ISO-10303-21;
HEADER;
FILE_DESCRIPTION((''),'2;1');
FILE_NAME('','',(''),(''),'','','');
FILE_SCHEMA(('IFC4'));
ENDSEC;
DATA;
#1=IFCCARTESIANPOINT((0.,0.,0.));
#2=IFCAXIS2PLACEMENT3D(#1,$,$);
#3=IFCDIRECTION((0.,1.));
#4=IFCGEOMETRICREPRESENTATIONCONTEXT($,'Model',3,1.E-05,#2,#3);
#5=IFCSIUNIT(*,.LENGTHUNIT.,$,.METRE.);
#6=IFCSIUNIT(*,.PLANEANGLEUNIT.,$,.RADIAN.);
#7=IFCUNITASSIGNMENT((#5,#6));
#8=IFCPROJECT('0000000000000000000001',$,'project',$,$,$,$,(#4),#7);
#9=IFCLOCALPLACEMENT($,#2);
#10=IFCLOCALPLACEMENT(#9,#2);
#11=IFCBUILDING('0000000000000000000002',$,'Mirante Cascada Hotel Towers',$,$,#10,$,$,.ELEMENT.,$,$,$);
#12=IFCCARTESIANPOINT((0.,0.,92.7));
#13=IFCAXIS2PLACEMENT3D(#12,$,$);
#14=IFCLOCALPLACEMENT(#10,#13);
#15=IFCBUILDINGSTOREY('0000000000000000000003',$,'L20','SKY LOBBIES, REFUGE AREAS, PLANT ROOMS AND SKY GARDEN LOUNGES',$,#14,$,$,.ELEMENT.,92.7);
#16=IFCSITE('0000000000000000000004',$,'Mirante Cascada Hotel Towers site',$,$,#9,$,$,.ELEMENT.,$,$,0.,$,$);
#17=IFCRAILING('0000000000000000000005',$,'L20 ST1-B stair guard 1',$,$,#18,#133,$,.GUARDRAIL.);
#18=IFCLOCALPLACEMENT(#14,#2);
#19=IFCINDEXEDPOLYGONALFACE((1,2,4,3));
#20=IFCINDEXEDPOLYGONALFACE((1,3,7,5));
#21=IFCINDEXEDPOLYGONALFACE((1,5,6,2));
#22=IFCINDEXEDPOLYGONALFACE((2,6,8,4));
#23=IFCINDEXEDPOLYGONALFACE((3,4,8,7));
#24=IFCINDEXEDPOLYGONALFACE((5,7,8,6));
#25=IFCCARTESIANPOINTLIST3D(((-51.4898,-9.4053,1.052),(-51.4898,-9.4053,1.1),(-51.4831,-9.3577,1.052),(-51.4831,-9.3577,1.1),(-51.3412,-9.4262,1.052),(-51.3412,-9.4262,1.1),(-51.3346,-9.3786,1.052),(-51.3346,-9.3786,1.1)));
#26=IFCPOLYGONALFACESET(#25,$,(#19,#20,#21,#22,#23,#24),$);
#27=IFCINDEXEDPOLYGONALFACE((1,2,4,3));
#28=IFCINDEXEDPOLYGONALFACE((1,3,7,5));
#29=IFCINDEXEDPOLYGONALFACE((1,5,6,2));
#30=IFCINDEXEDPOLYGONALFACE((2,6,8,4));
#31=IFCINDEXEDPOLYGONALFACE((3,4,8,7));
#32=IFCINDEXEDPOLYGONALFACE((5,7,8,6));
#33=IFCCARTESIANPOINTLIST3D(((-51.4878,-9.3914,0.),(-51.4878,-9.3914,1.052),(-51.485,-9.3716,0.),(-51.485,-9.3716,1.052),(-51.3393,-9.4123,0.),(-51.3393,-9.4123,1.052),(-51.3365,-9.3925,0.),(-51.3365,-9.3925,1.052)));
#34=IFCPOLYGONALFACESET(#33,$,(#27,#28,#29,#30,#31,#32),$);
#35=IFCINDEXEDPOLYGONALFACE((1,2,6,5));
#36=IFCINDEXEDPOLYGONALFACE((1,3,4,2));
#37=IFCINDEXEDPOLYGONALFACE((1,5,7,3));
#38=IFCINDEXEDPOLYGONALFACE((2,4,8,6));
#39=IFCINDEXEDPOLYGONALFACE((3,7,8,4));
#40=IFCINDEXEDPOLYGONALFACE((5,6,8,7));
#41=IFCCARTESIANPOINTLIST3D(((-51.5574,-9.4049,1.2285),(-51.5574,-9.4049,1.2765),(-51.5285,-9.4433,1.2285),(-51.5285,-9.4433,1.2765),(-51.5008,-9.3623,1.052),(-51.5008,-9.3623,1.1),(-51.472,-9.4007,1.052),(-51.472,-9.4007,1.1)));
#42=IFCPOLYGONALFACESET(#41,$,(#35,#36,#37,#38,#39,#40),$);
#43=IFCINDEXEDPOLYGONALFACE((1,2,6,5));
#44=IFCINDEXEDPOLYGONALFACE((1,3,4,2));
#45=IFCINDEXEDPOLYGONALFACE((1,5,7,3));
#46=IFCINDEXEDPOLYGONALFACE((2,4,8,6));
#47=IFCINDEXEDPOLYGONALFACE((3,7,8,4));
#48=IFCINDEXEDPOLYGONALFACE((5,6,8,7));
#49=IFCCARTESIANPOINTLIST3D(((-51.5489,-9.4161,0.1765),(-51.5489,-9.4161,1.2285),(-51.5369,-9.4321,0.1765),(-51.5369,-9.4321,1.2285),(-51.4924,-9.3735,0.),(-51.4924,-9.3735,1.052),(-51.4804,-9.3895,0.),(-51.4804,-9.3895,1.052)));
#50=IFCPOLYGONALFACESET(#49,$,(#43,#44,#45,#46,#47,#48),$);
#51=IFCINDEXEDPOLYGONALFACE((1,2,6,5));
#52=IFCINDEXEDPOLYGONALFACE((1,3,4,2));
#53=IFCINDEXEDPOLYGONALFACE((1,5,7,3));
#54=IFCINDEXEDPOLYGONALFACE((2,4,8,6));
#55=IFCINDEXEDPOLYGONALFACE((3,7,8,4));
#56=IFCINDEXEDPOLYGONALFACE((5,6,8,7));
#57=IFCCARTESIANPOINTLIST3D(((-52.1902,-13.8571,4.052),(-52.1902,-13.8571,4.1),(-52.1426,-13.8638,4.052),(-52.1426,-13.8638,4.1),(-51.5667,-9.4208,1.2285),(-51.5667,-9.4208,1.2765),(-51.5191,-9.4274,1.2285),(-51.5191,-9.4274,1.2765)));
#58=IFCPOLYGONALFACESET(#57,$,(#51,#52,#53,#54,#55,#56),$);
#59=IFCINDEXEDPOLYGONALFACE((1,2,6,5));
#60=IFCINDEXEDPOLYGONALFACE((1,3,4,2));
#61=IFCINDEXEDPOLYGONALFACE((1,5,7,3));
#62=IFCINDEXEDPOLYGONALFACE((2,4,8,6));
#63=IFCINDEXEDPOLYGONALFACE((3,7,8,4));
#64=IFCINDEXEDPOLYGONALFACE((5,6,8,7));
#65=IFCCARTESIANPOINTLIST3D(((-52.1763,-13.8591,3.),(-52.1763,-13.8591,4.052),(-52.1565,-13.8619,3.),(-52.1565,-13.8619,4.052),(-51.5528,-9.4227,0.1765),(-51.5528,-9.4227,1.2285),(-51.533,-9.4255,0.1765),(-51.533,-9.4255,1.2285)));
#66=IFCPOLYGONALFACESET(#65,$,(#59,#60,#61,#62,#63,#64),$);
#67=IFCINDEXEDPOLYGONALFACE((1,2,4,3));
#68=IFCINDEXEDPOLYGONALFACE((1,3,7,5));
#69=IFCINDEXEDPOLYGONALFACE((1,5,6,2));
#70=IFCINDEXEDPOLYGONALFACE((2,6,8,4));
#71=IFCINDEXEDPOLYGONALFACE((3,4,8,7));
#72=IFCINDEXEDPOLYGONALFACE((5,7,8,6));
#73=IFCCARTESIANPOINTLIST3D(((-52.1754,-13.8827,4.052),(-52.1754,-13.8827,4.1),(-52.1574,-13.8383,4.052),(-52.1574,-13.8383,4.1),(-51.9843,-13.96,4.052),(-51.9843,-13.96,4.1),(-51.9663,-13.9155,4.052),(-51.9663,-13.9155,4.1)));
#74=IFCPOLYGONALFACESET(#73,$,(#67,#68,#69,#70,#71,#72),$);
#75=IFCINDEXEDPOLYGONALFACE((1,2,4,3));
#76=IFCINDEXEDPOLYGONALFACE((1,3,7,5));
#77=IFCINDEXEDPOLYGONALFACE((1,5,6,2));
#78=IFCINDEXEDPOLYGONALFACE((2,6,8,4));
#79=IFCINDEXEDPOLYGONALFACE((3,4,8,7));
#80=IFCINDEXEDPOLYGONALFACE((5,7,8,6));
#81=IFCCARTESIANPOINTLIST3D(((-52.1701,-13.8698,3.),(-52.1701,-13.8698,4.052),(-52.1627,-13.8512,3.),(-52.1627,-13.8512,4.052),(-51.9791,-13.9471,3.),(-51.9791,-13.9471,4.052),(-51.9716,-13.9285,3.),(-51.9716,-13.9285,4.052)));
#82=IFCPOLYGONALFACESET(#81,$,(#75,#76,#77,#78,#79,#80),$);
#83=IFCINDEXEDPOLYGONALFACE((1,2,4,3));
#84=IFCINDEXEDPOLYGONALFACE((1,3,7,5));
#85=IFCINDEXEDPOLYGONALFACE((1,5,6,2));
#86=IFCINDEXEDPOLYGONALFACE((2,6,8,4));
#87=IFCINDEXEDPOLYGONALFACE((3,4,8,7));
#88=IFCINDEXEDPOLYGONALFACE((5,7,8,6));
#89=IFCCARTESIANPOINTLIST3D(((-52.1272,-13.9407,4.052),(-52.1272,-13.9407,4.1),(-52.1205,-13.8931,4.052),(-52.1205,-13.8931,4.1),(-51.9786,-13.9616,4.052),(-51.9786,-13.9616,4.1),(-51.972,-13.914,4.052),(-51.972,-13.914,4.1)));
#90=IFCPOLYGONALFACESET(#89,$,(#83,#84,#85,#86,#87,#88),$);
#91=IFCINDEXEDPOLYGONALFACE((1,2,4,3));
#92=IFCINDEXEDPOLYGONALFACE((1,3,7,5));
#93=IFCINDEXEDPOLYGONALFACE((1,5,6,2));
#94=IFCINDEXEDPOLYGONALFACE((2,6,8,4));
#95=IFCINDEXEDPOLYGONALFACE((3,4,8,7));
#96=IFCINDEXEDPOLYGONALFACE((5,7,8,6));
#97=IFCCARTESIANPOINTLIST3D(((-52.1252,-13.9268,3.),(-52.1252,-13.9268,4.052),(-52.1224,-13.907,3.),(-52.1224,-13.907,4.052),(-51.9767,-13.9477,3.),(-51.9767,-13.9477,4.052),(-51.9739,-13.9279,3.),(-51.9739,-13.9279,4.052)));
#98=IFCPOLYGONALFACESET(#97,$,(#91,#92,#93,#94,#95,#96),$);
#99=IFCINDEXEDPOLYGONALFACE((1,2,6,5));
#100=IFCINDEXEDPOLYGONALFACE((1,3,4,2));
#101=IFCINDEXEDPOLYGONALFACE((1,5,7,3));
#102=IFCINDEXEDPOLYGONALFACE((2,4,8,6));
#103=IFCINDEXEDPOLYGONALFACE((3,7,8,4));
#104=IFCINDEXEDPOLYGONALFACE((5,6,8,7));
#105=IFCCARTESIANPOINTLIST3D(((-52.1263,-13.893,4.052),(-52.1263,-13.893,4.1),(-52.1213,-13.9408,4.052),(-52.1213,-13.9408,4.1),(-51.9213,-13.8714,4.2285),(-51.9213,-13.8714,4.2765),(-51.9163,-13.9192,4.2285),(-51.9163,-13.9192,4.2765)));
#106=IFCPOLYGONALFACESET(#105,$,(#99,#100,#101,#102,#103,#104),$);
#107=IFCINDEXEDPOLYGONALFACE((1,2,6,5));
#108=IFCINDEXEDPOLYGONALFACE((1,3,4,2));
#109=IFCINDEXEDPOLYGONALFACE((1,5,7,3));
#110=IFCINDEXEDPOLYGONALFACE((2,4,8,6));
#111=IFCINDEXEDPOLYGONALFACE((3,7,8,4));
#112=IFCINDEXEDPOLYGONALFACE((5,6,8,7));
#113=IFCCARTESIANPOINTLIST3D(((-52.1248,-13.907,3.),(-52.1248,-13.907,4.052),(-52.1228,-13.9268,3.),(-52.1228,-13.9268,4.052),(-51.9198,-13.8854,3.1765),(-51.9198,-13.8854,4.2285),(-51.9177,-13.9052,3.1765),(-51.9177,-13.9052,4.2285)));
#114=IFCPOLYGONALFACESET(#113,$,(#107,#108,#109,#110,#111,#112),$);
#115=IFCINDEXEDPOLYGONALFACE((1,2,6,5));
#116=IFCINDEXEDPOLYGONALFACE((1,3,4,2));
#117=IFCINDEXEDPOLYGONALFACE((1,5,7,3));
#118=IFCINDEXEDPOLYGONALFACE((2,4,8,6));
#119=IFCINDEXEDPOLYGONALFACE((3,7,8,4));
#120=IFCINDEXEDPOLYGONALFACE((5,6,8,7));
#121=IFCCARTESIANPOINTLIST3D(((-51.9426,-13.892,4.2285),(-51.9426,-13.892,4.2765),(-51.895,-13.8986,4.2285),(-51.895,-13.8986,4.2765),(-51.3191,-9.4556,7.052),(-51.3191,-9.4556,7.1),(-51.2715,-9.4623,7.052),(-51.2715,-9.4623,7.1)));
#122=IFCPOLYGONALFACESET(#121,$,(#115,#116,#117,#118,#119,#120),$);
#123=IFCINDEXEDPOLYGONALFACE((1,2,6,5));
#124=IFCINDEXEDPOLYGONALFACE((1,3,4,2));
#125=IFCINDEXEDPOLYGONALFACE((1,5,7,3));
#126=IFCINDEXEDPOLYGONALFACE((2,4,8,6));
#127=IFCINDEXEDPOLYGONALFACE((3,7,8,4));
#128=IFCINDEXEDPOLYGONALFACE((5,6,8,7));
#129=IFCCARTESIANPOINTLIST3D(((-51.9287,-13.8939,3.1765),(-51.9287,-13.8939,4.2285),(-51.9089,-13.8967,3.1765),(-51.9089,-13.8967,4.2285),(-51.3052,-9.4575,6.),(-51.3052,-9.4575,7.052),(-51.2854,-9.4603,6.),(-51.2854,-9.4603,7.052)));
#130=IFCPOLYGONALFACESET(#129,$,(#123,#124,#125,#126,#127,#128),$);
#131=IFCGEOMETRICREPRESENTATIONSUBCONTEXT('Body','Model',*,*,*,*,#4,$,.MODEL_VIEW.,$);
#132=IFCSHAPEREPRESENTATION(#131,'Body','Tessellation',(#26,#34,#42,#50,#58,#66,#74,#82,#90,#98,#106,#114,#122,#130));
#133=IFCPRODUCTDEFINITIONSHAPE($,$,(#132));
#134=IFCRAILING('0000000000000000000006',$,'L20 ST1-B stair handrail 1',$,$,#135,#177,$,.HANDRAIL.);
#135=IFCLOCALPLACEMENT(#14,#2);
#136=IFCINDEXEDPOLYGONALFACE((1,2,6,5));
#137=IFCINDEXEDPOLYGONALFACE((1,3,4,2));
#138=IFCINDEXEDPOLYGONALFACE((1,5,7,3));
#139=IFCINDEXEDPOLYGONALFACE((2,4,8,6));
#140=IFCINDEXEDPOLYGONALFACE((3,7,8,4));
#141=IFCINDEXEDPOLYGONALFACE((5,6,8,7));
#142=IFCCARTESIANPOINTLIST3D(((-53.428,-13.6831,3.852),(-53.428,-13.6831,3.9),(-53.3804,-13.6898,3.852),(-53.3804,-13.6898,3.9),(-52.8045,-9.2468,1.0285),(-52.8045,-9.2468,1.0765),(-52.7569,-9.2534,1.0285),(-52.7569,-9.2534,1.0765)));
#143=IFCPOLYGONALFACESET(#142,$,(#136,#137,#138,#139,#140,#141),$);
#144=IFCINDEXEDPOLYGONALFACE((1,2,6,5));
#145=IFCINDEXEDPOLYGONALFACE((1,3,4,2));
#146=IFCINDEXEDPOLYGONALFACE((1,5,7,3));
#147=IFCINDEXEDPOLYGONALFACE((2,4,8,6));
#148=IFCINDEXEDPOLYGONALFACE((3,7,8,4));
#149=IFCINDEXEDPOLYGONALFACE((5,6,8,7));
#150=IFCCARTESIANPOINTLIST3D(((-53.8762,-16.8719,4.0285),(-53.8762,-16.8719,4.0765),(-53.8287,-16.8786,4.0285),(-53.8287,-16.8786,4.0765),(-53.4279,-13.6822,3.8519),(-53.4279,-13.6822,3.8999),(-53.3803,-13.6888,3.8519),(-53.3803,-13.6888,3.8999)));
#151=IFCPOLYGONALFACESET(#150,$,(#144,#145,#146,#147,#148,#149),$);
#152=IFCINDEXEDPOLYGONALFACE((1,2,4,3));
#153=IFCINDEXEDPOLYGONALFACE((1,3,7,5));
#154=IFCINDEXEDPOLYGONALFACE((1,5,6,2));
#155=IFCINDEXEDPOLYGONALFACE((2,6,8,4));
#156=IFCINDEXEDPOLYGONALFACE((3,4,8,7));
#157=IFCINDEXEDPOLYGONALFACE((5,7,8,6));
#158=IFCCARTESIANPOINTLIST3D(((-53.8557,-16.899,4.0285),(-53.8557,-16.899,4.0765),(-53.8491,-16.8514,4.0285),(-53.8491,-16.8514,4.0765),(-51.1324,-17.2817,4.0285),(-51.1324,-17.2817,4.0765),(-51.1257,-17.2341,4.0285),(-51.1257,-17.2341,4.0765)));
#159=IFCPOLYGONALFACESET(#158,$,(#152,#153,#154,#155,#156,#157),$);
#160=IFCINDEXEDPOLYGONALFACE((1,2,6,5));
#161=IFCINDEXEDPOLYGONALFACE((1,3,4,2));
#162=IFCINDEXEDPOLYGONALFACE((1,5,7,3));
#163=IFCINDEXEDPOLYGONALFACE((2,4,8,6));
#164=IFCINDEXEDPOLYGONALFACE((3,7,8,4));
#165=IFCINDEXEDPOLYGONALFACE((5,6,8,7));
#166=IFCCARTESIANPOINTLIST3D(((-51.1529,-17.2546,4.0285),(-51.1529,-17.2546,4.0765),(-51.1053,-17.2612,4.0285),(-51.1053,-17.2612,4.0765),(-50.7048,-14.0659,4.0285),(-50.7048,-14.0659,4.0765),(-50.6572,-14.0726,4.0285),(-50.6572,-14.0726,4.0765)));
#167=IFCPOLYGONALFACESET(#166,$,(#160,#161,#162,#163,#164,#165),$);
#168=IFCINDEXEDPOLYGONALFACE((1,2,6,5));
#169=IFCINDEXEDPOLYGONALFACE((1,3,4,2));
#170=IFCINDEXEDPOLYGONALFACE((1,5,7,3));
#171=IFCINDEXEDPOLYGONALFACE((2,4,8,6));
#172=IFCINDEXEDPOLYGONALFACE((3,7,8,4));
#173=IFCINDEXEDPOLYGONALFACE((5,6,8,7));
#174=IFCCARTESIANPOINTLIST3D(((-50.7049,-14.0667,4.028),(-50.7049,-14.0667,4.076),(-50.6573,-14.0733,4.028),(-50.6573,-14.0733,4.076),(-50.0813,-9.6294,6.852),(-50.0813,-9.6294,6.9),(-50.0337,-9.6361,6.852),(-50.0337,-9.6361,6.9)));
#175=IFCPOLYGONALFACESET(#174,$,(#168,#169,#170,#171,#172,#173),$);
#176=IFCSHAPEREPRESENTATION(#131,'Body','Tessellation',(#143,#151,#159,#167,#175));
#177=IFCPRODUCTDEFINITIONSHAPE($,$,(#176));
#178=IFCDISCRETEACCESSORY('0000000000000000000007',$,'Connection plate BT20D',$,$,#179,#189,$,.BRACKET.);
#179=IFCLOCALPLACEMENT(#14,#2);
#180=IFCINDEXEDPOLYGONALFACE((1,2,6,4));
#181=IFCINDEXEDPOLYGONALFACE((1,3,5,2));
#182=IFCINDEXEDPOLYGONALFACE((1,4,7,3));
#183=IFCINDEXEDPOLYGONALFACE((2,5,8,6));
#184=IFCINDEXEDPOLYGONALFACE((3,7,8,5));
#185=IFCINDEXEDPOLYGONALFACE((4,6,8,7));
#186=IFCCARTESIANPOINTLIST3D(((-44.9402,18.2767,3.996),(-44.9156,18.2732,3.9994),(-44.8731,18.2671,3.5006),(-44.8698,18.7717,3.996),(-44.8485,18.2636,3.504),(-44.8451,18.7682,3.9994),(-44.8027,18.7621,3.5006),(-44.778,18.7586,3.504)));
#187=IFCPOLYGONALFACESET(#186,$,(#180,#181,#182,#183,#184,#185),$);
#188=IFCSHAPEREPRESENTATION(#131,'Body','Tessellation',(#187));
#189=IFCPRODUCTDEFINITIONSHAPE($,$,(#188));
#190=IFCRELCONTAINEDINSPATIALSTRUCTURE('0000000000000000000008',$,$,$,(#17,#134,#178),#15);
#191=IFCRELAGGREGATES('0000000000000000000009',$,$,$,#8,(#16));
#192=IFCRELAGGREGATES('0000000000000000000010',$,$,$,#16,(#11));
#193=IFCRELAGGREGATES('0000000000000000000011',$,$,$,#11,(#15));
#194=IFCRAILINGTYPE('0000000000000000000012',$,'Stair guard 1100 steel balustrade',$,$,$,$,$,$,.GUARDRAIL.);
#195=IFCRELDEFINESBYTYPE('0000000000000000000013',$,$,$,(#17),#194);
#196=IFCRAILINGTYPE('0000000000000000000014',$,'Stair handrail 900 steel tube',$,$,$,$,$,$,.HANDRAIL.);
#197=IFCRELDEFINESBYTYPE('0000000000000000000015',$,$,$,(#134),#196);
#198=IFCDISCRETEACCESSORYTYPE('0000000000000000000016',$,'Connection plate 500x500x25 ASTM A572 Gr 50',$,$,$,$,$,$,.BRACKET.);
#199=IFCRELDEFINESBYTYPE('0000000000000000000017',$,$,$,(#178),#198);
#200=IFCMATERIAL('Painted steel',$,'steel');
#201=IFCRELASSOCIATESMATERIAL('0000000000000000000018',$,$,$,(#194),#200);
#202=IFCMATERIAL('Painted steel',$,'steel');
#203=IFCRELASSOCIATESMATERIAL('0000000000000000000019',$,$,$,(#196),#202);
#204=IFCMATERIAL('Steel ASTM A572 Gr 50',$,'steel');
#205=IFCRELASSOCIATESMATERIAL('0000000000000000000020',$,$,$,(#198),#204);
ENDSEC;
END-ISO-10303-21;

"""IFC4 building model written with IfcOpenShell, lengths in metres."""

from ifc_helpers import new_model, si_unit, direction, frame, origin, origin_2d, place, context, subcontext, project, spatial, rectangle, extrude, material, material_profile, profile_set, type_object, element, save


model = new_model("IFC4")

# Units and contexts
model_context = context("Model", 3, precision=1e-05, world=origin(), true_north=direction((0.0, 1.0)))
body_context = subcontext(model_context, "Body", "Model", "MODEL_VIEW")
ifc_project = project(units=[si_unit("LENGTHUNIT", "METRE"), si_unit("PLANEANGLEUNIT", "RADIAN")], contexts=[model_context])

# Site, building, storey
site_placement = place(None, origin())
site = spatial("IfcSite", under=ifc_project, at=site_placement, Name="Mirante Cascada Hotel Towers site", CompositionType="ELEMENT", RefElevation=0.0)
building_placement = place(site_placement, origin())
building = spatial("IfcBuilding", under=site, at=building_placement, Name="Mirante Cascada Hotel Towers", CompositionType="ELEMENT")
storey_placement = place(building_placement, frame((0.0, 0.0, 92.7)))
storey = spatial("IfcBuildingStorey", under=building, at=storey_placement, Name="L20", Description="SKY LOBBIES, REFUGE AREAS, PLANT ROOMS AND SKY GARDEN LOUNGES", CompositionType="ELEMENT", Elevation=92.7)

# Railings
ifc_material_1 = material(Name="Painted steel", Category="steel")
railing_type_1 = type_object("IfcRailingType", Name="Stair guard 1100 steel balustrade", PredefinedType="GUARDRAIL", material=ifc_material_1)
railing_1_placement = place(storey_placement, frame((-51.3379, -9.4024, 0.0)))
element("IfcRailing", 1, at=railing_1_placement, inside=storey, type_object=railing_type_1, Name="L20 ST1-B stair guard 1", PredefinedType="GUARDRAIL", context=body_context, shape_type="SweptSolid", body=[
    extrude(rectangle(XDim=0.048, YDim=0.048, at=origin_2d()), frame((0.0, 0.0, 1.076), z_axis=(-0.990241, 0.139367, 0.0), x_axis=(-0.139367, -0.990241, 0.0)), (0.0, 0.0, 1.0), 0.15),
    extrude(rectangle(XDim=0.02, YDim=1.052, at=origin_2d()), frame((0.0, 0.0, 0.526), z_axis=(-0.990241, 0.139367, 0.0), x_axis=(-0.139367, -0.990241, 0.0)), (0.0, 0.0, 1.0), 0.15),
    extrude(rectangle(XDim=0.048, YDim=0.048, at=origin_2d()), frame((-0.1485, 0.0209, 1.076), z_axis=(-0.798471, -0.602033, 0.0), x_axis=(0.602033, -0.798471, 0.0)), (0.0, 0.928186, 0.372117), 0.1902),
    extrude(rectangle(XDim=0.02, YDim=1.052, at=origin_2d()), frame((-0.1485, 0.0209, 0.526), z_axis=(-0.798471, -0.602033, 0.0), x_axis=(0.602033, -0.798471, 0.0)), (0.0, 0.928186, 0.372117), 0.1902),
    extrude(rectangle(XDim=0.048, YDim=0.048, at=origin_2d()), frame((-0.205, -0.0217, 1.2525), z_axis=(-0.139174, -0.990268, 0.0), x_axis=(0.990268, -0.139174, 0.0)), (0.0, 0.533186, 0.845998), 5.2955),
    extrude(rectangle(XDim=0.02, YDim=1.052, at=origin_2d()), frame((-0.205, -0.0217, 0.7025), z_axis=(-0.139174, -0.990268, 0.0), x_axis=(0.990268, -0.139174, 0.0)), (0.0, 0.533186, 0.845998), 5.2955),
    extrude(rectangle(XDim=0.048, YDim=0.048, at=origin_2d()), frame((-0.8285, -4.4581, 4.076), z_axis=(0.927031, -0.374984, 0.0), x_axis=(0.374984, 0.927031, 0.0)), (0.0, 0.0, 1.0), 0.2061),
    extrude(rectangle(XDim=0.02, YDim=1.052, at=origin_2d()), frame((-0.8285, -4.4581, 3.526), z_axis=(0.927031, -0.374984, 0.0), x_axis=(0.374984, 0.927031, 0.0)), (0.0, 0.0, 1.0), 0.2061),
    extrude(rectangle(XDim=0.048, YDim=0.048, at=origin_2d()), frame((-0.6374, -4.5354, 4.076), z_axis=(-0.990241, 0.139367, 0.0), x_axis=(-0.139367, -0.990241, 0.0)), (0.0, 0.0, 1.0), 0.15),
    extrude(rectangle(XDim=0.02, YDim=1.052, at=origin_2d()), frame((-0.6374, -4.5354, 3.526), z_axis=(-0.990241, 0.139367, 0.0), x_axis=(-0.139367, -0.990241, 0.0)), (0.0, 0.0, 1.0), 0.15),
    extrude(rectangle(XDim=0.048, YDim=0.048, at=origin_2d()), frame((-0.7859, -4.5145, 4.076), z_axis=(0.994495, 0.104786, 0.0), x_axis=(-0.104786, 0.994495, 0.0)), (0.0, 0.650394, 0.759597), 0.2714),
    extrude(rectangle(XDim=0.02, YDim=1.052, at=origin_2d()), frame((-0.7859, -4.5145, 3.526), z_axis=(0.994495, 0.104786, 0.0), x_axis=(-0.104786, 0.994495, 0.0)), (0.0, 0.650394, 0.759597), 0.2714),
    extrude(rectangle(XDim=0.048, YDim=0.048, at=origin_2d()), frame((-0.5809, -4.4929, 4.2525), z_axis=(0.139174, 0.990268, 0.0), x_axis=(-0.990268, 0.139174, 0.0)), (0.0, 0.533186, 0.845998), 5.2955),
    extrude(rectangle(XDim=0.02, YDim=1.052, at=origin_2d()), frame((-0.5809, -4.4929, 3.7025), z_axis=(0.139174, 0.990268, 0.0), x_axis=(-0.990268, 0.139174, 0.0)), (0.0, 0.533186, 0.845998), 5.2955),
])
ifc_material_2 = material(Name="Painted steel", Category="steel")
railing_type_2 = type_object("IfcRailingType", Name="Stair handrail 900 steel tube", PredefinedType="HANDRAIL", material=ifc_material_2)
railing_2_placement = place(storey_placement, frame((-52.7807, -9.2501, 0.1765)))
element("IfcRailing", 2, at=railing_2_placement, inside=storey, type_object=railing_type_2, Name="L20 ST1-B stair handrail 1", PredefinedType="HANDRAIL", context=body_context, shape_type="SweptSolid", body=[
    extrude(rectangle(XDim=0.048, YDim=0.048, at=origin_2d()), frame((0.0, 0.0, 0.876), z_axis=(-0.139174, -0.990268, 0.0), x_axis=(0.990268, -0.139174, 0.0)), (0.0, 0.533186, 0.845998), 5.2955),
    extrude(rectangle(XDim=0.048, YDim=0.048, at=origin_2d()), frame((-0.6234, -4.4354, 3.6994), z_axis=(-0.139191, -0.990266, 0.0), x_axis=(0.990266, -0.139191, 0.0)), (0.0, 0.054731, 0.998501), 3.2259),
    extrude(rectangle(XDim=0.048, YDim=0.048, at=origin_2d()), frame((-1.0717, -7.6251, 3.876), z_axis=(0.99027, -0.139161, 0.0), x_axis=(0.139161, 0.99027, 0.0)), (0.0, 0.0, 1.0), 2.7501),
    extrude(rectangle(XDim=0.048, YDim=0.048, at=origin_2d()), frame((1.6516, -8.0078, 3.876), z_axis=(0.13916, 0.99027, 0.0), x_axis=(-0.99027, 0.13916, 0.0)), (0.0, 0.0, 1.0), 3.22),
    extrude(rectangle(XDim=0.048, YDim=0.048, at=origin_2d()), frame((2.0996, -4.8199, 3.8755), z_axis=(0.139174, 0.990268, 0.0), x_axis=(-0.990268, 0.139174, 0.0)), (0.0, 0.533186, 0.845998), 5.2965),
])

# Discrete accessory
ifc_material_3 = material(Name="Steel ASTM A572 Gr 50", Category="steel")
ifc_material_profile_1 = material_profile(ifc_material_3, rectangle(XDim=0.5, YDim=0.5, at=origin_2d()), Name="Connection plate 500x500x25 ASTM A572 Gr 50")
ifc_profile_set_1 = profile_set([ifc_material_profile_1], Name="Steel ASTM A572 Gr 50")
discrete_accessory_type = type_object("IfcDiscreteAccessoryType", Name="Connection plate 500x500x25 ASTM A572 Gr 50", PredefinedType="BRACKET", material=ifc_profile_set_1)
discrete_accessory_placement = place(storey_placement, frame((-44.8468, 18.5159, 3.7517), z_axis=(-0.98089, 0.139558, -0.13557), x_axis=(-0.140858, -0.99003, 0.0)))
element("IfcDiscreteAccessory", 3, at=discrete_accessory_placement, inside=storey, type_object=discrete_accessory_type, Name="Connection plate BT20D", PredefinedType="BRACKET", context=body_context, shape_type="SweptSolid", body=[
    extrude(rectangle(XDim=0.5, YDim=0.5, at=origin_2d()), origin(), (0.0, 0.0, 1.0), 0.0251),
])

save(model, "model.ifc")
